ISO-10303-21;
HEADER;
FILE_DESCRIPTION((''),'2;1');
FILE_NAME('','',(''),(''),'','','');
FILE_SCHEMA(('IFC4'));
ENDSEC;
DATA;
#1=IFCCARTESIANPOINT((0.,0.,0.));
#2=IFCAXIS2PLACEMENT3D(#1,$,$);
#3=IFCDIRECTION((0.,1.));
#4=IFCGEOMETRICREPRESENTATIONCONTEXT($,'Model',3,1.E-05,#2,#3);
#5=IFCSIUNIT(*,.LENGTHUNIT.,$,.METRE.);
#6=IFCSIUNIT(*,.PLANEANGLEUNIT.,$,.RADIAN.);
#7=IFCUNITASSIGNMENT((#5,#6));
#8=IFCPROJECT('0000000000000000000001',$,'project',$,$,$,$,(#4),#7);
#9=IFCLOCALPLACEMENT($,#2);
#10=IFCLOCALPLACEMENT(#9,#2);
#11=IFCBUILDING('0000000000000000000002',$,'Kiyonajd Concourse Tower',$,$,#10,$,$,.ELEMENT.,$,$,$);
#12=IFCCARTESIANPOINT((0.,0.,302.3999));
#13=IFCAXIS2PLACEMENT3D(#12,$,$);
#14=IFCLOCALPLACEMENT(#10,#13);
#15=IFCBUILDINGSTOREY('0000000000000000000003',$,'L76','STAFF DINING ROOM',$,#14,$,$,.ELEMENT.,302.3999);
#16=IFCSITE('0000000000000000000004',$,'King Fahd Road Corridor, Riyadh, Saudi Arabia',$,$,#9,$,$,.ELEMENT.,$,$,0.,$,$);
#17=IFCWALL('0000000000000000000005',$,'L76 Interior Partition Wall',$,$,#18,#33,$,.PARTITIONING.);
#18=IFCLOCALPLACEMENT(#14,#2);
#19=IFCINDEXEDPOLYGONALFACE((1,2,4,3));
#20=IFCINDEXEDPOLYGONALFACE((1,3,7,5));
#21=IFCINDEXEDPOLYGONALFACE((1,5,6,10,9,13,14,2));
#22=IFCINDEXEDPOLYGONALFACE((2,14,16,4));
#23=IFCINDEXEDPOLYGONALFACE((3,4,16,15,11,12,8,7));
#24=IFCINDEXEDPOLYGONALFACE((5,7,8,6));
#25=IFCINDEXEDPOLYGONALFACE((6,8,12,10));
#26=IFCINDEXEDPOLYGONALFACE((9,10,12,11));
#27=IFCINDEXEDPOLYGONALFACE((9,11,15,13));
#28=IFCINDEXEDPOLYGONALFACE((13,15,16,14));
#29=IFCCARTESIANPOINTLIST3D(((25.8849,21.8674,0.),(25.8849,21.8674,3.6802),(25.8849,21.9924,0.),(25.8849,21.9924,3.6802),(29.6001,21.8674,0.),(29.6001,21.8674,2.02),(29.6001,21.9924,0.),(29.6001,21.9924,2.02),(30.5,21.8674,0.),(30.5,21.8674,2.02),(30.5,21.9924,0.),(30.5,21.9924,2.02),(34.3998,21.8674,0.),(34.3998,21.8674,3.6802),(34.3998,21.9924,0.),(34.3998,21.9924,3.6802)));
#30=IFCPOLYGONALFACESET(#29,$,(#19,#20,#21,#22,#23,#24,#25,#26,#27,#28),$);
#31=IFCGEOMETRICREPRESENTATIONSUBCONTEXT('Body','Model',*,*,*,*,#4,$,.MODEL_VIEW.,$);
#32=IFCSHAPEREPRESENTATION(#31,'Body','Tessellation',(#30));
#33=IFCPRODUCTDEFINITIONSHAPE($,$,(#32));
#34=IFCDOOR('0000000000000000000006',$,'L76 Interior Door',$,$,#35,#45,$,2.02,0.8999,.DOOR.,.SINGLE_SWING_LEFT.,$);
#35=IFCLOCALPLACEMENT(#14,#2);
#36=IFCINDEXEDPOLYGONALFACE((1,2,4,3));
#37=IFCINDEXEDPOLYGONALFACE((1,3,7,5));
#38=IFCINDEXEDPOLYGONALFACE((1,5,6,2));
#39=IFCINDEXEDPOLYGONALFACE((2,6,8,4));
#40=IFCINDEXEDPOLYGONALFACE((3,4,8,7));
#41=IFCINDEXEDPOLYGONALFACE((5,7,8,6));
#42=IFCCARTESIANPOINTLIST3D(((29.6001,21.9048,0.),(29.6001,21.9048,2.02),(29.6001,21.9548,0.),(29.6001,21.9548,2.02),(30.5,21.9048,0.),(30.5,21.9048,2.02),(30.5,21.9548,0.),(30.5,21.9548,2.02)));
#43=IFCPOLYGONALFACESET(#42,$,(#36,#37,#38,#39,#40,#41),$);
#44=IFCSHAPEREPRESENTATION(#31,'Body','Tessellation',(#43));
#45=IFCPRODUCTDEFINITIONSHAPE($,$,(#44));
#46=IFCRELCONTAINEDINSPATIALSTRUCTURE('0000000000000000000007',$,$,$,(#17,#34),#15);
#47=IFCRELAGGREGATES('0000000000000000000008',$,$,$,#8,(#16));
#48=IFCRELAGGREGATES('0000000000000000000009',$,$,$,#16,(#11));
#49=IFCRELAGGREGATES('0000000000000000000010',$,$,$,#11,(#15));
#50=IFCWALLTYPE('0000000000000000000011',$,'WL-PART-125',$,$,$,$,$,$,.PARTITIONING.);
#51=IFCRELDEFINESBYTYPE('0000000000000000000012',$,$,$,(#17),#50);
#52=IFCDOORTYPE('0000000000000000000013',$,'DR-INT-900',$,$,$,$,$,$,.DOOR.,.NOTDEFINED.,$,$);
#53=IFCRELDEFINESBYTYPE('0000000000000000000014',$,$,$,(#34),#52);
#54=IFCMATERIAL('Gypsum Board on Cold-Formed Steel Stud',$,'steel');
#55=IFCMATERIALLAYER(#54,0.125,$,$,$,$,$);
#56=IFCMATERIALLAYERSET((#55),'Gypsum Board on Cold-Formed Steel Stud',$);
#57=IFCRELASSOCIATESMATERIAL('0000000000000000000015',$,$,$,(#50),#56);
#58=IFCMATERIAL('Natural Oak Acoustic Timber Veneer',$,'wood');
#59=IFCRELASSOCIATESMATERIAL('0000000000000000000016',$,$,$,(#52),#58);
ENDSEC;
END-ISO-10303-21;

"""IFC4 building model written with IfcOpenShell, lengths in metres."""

from ifc_helpers import new_model, si_unit, direction, frame, frame_2d, origin, place, context, subcontext, project, spatial, rectangle, extrude, material, layer, layer_set, type_object, element, fill, save


model = new_model("IFC4")

# Units and contexts
model_context = context("Model", 3, precision=1e-05, world=origin(), true_north=direction((0.0, 1.0)))
body_context = subcontext(model_context, "Body", "Model", "MODEL_VIEW")
ifc_project = project(units=[si_unit("LENGTHUNIT", "METRE"), si_unit("PLANEANGLEUNIT", "RADIAN")], contexts=[model_context])

# Site, building, storey
site_placement = place(None, origin())
site = spatial("IfcSite", under=ifc_project, at=site_placement, Name="King Fahd Road Corridor, Riyadh, Saudi Arabia", CompositionType="ELEMENT", RefElevation=0.0)
building_placement = place(site_placement, origin())
building = spatial("IfcBuilding", under=site, at=building_placement, Name="Kiyonajd Concourse Tower", CompositionType="ELEMENT")
storey_placement = place(building_placement, frame((0.0, 0.0, 302.3999)))
storey = spatial("IfcBuildingStorey", under=building, at=storey_placement, Name="L76", Description="STAFF DINING ROOM", CompositionType="ELEMENT", Elevation=302.3999)

# Wall, opening, door
ifc_material_1 = material(Name="Gypsum Board on Cold-Formed Steel Stud", Category="steel")
ifc_layer_1 = layer(ifc_material_1, 0.125)
ifc_layer_set_1 = layer_set([ifc_layer_1], Name="Gypsum Board on Cold-Formed Steel Stud")
wall_type_1 = type_object("IfcWallType", Name="WL-PART-125", PredefinedType="PARTITIONING", material=ifc_layer_set_1)
wall_1_placement = place(storey_placement, frame((25.885, 21.9299, 0.0), z_axis=(0.0, 0.0, 1.0), x_axis=(1.0, 0.0, 0.0)))
wall_1 = element("IfcWall", 1, at=wall_1_placement, inside=storey, type_object=wall_type_1, Name="L76 Interior Partition Wall", PredefinedType="PARTITIONING", context=body_context, shape_type="SweptSolid", body=[
    extrude(rectangle(XDim=8.5149, YDim=0.125, at=frame_2d((4.2573, 0.0))), origin(), (0.0, 0.0, 1.0), 3.6802),
])
opening_1_placement = place(wall_1_placement, frame((3.7151, 0.0, 0.0)))
opening_1 = element("IfcOpeningElement", 2, at=opening_1_placement, cuts=wall_1, PredefinedType="OPENING", context=body_context, shape_type="SweptSolid", body=[
    extrude(rectangle(XDim=0.8999, YDim=2.02, at=frame_2d((0.45, 1.01))), frame((0.0, 0.0725, 0.0), z_axis=(0.0, -1.0, 0.0), x_axis=(1.0, 0.0, 0.0)), (0.0, 0.0, 1.0), 0.145),
])
ifc_material_2 = material(Name="Natural Oak Acoustic Timber Veneer", Category="wood")
door_type_1 = type_object("IfcDoorType", Name="DR-INT-900", OperationType="NOTDEFINED", PredefinedType="DOOR", material=ifc_material_2)
door_1_placement = place(opening_1_placement, origin())
door_1 = element("IfcDoor", 3, at=door_1_placement, inside=storey, type_object=door_type_1, Name="L76 Interior Door", OperationType="SINGLE_SWING_LEFT", OverallHeight=2.02, OverallWidth=0.8999, PredefinedType="DOOR", context=body_context, shape_type="SweptSolid", body=[
    extrude(rectangle(XDim=0.8999, YDim=2.02, at=frame_2d((0.45, 1.01))), frame((0.0, 0.0249, 0.0), z_axis=(0.0, -1.0, 0.0), x_axis=(1.0, 0.0, 0.0)), (0.0, 0.0, 1.0), 0.05),
])
fill(opening_1, door_1)

save(model, "model.ifc")
